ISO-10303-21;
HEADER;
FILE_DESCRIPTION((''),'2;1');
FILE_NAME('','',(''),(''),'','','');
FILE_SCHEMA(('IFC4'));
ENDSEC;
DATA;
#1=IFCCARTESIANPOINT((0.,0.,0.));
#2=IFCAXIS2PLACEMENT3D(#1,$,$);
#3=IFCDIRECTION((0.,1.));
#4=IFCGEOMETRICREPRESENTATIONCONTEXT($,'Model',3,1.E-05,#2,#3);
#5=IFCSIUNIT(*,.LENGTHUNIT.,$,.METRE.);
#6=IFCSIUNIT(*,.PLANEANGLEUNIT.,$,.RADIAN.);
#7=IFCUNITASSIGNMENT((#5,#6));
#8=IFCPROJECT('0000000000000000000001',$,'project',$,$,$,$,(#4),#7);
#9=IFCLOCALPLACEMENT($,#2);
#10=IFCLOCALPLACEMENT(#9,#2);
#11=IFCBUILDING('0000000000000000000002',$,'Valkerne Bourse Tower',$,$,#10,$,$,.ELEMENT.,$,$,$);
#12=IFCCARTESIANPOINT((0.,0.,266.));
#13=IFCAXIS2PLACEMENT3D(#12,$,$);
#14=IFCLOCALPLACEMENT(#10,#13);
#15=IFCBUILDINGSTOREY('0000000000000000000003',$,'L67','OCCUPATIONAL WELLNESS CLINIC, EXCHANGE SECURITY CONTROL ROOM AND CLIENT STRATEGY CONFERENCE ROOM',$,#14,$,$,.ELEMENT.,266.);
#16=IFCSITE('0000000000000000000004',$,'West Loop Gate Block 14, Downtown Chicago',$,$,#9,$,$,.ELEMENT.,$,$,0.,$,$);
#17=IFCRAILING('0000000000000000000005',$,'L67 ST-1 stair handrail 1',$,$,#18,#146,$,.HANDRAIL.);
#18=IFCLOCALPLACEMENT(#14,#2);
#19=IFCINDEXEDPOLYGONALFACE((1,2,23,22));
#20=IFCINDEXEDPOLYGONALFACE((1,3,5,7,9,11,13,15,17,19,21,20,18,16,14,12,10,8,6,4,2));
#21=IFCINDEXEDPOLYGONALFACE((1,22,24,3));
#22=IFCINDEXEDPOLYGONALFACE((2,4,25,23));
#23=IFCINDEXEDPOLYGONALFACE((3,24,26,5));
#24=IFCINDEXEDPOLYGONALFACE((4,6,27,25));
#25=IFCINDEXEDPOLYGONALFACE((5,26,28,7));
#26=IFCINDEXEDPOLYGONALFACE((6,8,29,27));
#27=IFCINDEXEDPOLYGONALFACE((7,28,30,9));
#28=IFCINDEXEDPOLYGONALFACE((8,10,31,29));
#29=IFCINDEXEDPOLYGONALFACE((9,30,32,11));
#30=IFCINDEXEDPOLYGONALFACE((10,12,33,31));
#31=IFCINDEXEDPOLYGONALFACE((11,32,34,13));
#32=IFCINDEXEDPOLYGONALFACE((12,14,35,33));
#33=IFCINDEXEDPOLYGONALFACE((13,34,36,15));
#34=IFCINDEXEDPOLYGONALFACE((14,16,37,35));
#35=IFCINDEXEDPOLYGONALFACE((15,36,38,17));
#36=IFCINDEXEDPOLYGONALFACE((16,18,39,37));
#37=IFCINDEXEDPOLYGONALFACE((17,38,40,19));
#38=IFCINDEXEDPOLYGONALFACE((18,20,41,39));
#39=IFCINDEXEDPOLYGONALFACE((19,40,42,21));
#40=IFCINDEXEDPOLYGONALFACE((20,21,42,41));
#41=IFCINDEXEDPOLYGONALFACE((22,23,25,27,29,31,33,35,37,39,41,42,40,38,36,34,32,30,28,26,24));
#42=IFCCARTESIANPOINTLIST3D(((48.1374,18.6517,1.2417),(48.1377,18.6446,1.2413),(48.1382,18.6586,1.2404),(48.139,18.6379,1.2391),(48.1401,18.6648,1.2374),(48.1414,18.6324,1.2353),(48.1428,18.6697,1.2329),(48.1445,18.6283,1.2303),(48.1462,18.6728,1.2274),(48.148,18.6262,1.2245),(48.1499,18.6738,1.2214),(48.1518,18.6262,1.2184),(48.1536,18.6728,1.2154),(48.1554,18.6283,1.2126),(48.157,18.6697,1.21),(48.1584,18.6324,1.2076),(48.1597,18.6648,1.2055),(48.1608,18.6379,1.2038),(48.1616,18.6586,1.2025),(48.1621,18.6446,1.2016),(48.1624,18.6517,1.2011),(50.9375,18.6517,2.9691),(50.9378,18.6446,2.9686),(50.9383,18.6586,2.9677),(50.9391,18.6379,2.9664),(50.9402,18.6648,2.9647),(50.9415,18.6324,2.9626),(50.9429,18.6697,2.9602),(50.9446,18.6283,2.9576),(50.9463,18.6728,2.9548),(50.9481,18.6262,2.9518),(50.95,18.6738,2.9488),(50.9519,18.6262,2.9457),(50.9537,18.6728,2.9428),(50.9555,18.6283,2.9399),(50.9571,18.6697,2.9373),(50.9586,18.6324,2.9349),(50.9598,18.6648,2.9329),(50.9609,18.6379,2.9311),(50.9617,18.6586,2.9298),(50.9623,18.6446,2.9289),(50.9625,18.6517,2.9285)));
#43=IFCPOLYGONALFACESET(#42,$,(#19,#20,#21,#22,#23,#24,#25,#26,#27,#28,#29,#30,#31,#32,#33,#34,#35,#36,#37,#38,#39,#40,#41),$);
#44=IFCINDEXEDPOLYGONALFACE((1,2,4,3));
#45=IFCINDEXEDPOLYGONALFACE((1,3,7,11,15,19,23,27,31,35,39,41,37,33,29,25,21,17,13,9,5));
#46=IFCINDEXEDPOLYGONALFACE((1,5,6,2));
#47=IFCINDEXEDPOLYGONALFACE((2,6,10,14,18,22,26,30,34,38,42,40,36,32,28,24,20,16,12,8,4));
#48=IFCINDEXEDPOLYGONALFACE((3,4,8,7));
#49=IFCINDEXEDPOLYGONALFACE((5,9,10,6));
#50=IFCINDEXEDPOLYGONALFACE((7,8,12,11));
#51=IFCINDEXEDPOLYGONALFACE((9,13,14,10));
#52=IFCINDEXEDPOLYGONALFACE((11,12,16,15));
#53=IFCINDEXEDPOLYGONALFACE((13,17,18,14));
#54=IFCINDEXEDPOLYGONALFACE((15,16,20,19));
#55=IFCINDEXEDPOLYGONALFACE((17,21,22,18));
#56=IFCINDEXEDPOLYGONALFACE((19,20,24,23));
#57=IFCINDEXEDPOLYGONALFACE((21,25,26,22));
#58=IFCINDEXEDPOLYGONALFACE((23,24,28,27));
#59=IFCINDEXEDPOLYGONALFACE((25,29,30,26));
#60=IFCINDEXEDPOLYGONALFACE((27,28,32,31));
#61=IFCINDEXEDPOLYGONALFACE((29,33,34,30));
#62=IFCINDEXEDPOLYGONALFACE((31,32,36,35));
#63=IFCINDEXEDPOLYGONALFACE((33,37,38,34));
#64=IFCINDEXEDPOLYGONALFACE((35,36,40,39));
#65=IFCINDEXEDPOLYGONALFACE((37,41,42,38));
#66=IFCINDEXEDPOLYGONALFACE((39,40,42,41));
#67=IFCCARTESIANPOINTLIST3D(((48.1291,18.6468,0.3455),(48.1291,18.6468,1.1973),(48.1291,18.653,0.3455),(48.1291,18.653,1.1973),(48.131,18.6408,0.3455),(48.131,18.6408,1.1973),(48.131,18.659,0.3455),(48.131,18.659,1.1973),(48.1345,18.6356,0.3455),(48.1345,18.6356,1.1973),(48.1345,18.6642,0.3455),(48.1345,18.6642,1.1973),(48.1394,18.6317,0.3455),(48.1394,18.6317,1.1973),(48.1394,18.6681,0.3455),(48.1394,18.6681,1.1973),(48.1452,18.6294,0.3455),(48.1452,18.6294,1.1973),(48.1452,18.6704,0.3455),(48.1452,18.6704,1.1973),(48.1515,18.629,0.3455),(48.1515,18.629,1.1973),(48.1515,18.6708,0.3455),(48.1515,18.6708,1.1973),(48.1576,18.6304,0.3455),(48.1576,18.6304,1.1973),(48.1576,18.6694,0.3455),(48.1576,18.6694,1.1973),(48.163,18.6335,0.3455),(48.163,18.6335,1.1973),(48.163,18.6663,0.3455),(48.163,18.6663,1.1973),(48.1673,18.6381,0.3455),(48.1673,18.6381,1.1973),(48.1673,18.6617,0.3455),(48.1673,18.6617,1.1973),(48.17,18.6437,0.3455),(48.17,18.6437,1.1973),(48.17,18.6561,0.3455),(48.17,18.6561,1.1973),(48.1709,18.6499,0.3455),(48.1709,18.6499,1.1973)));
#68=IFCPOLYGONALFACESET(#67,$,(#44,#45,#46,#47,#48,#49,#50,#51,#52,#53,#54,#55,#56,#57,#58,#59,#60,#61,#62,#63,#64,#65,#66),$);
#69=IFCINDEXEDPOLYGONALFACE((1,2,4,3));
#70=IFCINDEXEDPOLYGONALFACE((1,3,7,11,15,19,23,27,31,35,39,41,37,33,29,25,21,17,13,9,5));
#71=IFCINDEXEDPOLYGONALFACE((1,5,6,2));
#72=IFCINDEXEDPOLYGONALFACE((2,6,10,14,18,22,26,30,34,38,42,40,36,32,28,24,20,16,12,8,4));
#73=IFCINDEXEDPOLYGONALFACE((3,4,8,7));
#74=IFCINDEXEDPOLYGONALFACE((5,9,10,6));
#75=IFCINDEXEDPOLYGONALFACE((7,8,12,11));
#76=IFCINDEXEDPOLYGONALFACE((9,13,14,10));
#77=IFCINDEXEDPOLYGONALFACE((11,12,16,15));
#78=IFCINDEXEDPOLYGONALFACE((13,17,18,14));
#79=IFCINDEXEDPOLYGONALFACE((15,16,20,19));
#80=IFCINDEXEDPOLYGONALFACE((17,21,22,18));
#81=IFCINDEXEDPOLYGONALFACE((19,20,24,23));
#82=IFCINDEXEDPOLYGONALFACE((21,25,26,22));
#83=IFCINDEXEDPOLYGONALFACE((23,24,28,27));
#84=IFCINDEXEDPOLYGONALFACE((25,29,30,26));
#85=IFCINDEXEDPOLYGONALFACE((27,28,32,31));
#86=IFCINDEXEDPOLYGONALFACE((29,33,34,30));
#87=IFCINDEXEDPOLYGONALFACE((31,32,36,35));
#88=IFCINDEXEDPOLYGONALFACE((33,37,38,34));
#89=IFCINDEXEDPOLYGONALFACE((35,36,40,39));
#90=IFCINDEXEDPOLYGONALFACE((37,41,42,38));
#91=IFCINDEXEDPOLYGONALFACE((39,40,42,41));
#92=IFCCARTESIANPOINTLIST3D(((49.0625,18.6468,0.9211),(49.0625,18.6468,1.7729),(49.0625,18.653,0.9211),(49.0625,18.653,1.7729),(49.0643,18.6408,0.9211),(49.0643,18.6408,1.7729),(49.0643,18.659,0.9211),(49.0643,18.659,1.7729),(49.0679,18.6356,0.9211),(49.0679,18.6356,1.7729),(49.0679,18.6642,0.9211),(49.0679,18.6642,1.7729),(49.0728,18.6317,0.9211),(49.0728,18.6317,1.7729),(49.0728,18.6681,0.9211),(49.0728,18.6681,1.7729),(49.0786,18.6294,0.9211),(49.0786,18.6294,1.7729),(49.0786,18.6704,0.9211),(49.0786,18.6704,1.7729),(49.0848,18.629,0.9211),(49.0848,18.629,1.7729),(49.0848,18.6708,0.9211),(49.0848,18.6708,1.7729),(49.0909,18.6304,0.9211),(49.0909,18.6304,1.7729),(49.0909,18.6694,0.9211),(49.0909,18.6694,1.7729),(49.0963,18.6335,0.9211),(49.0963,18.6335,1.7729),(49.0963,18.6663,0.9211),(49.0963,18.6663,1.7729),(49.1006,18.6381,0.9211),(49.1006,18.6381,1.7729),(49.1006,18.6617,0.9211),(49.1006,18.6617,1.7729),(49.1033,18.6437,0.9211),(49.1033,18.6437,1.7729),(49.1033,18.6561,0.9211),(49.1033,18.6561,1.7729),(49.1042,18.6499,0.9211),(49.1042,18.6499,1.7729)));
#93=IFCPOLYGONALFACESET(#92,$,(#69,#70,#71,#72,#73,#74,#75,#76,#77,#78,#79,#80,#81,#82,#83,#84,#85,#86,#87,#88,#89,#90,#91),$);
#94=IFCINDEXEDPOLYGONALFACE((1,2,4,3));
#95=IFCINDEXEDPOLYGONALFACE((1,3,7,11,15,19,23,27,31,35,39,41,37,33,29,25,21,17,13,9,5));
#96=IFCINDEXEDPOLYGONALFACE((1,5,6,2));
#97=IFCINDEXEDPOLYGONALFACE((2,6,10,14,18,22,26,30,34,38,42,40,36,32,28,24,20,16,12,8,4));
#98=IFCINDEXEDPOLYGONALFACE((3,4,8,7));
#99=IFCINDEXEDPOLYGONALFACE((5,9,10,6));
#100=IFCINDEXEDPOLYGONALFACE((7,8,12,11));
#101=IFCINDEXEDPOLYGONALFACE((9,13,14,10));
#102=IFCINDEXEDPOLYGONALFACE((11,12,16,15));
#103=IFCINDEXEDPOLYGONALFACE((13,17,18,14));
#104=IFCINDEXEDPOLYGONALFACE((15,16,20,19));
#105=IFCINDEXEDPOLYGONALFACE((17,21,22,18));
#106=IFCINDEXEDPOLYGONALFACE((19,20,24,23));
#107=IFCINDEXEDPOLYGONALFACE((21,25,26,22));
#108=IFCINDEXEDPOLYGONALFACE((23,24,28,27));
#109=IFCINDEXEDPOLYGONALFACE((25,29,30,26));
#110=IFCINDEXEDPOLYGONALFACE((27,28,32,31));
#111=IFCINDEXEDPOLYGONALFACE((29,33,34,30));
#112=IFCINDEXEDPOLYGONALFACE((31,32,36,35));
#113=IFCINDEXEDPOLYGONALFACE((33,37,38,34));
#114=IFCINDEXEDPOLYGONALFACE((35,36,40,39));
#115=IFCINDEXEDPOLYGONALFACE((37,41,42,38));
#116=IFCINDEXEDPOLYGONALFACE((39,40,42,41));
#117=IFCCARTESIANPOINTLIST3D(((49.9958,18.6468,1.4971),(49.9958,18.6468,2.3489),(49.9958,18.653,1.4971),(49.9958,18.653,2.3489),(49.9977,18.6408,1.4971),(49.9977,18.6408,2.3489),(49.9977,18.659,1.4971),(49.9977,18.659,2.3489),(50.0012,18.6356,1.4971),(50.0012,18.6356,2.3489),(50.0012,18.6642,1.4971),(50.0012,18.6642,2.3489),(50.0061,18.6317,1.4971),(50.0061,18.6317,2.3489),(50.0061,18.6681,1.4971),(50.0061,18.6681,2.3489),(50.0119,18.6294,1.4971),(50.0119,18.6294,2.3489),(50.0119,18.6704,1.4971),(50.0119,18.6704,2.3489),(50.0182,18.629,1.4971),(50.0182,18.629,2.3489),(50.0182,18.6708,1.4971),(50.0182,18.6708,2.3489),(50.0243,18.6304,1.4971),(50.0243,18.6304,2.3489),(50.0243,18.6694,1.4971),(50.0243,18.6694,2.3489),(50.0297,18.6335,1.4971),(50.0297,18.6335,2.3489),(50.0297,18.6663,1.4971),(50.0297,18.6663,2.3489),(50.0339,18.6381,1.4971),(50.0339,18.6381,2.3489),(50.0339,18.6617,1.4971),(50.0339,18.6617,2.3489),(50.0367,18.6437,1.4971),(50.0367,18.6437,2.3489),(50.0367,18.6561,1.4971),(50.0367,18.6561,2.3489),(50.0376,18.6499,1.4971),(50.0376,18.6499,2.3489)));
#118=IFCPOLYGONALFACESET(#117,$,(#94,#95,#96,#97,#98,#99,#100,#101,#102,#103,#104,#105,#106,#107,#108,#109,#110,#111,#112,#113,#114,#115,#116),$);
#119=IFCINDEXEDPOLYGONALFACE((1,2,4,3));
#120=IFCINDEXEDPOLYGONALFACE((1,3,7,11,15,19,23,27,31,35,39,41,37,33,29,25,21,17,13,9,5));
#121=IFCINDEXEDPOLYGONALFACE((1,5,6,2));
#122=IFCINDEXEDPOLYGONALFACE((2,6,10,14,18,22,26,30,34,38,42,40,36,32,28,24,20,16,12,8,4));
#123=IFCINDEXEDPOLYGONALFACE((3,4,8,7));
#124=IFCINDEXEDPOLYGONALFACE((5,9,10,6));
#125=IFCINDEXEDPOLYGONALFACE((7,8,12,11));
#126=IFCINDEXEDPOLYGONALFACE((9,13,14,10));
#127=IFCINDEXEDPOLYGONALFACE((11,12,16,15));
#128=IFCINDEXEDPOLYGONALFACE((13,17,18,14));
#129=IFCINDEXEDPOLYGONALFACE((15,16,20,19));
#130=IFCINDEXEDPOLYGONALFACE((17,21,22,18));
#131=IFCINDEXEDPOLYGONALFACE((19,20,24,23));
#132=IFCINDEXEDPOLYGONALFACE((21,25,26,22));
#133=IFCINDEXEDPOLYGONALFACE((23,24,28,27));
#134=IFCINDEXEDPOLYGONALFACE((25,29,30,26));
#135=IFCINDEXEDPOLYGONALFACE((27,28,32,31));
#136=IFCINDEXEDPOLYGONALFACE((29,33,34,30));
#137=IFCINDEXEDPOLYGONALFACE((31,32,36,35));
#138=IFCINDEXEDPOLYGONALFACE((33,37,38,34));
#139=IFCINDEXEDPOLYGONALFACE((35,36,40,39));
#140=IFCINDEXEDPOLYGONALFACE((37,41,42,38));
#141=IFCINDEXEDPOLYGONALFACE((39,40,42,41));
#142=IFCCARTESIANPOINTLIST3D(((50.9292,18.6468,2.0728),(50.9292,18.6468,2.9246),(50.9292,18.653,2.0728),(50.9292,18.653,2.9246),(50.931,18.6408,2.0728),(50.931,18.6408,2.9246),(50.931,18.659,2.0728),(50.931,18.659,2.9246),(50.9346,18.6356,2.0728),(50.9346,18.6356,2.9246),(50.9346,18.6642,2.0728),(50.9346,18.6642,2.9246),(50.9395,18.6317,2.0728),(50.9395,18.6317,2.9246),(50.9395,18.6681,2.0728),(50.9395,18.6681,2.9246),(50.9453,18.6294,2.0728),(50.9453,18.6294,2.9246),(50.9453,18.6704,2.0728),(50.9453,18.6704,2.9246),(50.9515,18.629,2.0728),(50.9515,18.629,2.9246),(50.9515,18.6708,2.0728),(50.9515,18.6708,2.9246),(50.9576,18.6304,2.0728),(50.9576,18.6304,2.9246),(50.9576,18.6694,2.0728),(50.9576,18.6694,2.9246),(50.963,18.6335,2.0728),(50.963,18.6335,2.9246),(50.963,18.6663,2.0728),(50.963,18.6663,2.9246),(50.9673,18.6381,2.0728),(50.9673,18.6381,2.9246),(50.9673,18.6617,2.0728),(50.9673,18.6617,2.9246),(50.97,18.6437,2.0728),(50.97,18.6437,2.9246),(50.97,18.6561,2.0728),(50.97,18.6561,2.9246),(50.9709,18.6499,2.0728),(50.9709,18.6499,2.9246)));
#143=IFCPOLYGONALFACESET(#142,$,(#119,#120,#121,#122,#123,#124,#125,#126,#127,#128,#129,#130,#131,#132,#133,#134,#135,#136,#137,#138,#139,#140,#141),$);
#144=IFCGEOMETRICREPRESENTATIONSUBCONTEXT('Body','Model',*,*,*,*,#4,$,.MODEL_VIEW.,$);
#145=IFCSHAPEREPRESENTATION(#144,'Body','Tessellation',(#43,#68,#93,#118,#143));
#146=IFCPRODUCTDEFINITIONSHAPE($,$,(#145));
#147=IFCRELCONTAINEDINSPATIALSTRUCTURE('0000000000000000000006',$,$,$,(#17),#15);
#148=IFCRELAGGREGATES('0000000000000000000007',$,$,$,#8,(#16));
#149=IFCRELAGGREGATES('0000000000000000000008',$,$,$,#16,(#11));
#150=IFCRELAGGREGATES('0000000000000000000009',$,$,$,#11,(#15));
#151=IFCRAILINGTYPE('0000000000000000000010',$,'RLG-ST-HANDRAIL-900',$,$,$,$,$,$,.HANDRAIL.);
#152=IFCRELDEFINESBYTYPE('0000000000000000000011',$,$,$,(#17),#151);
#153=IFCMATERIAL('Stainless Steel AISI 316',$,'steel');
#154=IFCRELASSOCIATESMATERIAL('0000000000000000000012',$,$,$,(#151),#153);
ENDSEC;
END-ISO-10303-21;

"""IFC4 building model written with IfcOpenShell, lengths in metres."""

from ifc_helpers import new_model, si_unit, direction, frame, origin, origin_2d, place, context, subcontext, project, spatial, circle, extrude, material, type_object, element, save


model = new_model("IFC4")

# Units and contexts
model_context = context("Model", 3, precision=1e-05, world=origin(), true_north=direction((0.0, 1.0)))
body_context = subcontext(model_context, "Body", "Model", "MODEL_VIEW")
ifc_project = project(units=[si_unit("LENGTHUNIT", "METRE"), si_unit("PLANEANGLEUNIT", "RADIAN")], contexts=[model_context])

# Site, building, storey
site_placement = place(None, origin())
site = spatial("IfcSite", under=ifc_project, at=site_placement, Name="West Loop Gate Block 14, Downtown Chicago", CompositionType="ELEMENT", RefElevation=0.0)
building_placement = place(site_placement, origin())
building = spatial("IfcBuilding", under=site, at=building_placement, Name="Valkerne Bourse Tower", CompositionType="ELEMENT")
storey_placement = place(building_placement, frame((0.0, 0.0, 266.0)))
storey = spatial("IfcBuildingStorey", under=building, at=storey_placement, Name="L67", Description="OCCUPATIONAL WELLNESS CLINIC, EXCHANGE SECURITY CONTROL ROOM AND CLIENT STRATEGY CONFERENCE ROOM", CompositionType="ELEMENT", Elevation=266.0)

# Railing
ifc_material_1 = material(Name="Stainless Steel AISI 316", Category="steel")
railing_type_1 = type_object("IfcRailingType", Name="RLG-ST-HANDRAIL-900", PredefinedType="HANDRAIL", material=ifc_material_1)
railing_1_placement = place(storey_placement, frame((48.1499, 18.6499, 0.3455)))
element("IfcRailing", 1, at=railing_1_placement, inside=storey, type_object=railing_type_1, Name="L67 ST-1 stair handrail 1", PredefinedType="HANDRAIL", context=body_context, shape_type="SweptSolid", body=[
    extrude(circle(Radius=0.0239, at=origin_2d()), frame((0.0, 0.0, 0.876), z_axis=(0.85109, 0.0, 0.52502), x_axis=(0.0, 1.0, 0.0)), (0.0, 0.0, 1.0), 3.29),
    extrude(circle(Radius=0.021, at=origin_2d()), origin(), (0.0, 0.0, 1.0), 0.8518),
    extrude(circle(Radius=0.021, at=origin_2d()), frame((0.9333, 0.0, 0.5757)), (0.0, 0.0, 1.0), 0.8518),
    extrude(circle(Radius=0.021, at=origin_2d()), frame((1.8667, 0.0, 1.1516)), (0.0, 0.0, 1.0), 0.8518),
    extrude(circle(Radius=0.021, at=origin_2d()), frame((2.8, 0.0, 1.7273)), (0.0, 0.0, 1.0), 0.8518),
])

save(model, "model.ifc")
